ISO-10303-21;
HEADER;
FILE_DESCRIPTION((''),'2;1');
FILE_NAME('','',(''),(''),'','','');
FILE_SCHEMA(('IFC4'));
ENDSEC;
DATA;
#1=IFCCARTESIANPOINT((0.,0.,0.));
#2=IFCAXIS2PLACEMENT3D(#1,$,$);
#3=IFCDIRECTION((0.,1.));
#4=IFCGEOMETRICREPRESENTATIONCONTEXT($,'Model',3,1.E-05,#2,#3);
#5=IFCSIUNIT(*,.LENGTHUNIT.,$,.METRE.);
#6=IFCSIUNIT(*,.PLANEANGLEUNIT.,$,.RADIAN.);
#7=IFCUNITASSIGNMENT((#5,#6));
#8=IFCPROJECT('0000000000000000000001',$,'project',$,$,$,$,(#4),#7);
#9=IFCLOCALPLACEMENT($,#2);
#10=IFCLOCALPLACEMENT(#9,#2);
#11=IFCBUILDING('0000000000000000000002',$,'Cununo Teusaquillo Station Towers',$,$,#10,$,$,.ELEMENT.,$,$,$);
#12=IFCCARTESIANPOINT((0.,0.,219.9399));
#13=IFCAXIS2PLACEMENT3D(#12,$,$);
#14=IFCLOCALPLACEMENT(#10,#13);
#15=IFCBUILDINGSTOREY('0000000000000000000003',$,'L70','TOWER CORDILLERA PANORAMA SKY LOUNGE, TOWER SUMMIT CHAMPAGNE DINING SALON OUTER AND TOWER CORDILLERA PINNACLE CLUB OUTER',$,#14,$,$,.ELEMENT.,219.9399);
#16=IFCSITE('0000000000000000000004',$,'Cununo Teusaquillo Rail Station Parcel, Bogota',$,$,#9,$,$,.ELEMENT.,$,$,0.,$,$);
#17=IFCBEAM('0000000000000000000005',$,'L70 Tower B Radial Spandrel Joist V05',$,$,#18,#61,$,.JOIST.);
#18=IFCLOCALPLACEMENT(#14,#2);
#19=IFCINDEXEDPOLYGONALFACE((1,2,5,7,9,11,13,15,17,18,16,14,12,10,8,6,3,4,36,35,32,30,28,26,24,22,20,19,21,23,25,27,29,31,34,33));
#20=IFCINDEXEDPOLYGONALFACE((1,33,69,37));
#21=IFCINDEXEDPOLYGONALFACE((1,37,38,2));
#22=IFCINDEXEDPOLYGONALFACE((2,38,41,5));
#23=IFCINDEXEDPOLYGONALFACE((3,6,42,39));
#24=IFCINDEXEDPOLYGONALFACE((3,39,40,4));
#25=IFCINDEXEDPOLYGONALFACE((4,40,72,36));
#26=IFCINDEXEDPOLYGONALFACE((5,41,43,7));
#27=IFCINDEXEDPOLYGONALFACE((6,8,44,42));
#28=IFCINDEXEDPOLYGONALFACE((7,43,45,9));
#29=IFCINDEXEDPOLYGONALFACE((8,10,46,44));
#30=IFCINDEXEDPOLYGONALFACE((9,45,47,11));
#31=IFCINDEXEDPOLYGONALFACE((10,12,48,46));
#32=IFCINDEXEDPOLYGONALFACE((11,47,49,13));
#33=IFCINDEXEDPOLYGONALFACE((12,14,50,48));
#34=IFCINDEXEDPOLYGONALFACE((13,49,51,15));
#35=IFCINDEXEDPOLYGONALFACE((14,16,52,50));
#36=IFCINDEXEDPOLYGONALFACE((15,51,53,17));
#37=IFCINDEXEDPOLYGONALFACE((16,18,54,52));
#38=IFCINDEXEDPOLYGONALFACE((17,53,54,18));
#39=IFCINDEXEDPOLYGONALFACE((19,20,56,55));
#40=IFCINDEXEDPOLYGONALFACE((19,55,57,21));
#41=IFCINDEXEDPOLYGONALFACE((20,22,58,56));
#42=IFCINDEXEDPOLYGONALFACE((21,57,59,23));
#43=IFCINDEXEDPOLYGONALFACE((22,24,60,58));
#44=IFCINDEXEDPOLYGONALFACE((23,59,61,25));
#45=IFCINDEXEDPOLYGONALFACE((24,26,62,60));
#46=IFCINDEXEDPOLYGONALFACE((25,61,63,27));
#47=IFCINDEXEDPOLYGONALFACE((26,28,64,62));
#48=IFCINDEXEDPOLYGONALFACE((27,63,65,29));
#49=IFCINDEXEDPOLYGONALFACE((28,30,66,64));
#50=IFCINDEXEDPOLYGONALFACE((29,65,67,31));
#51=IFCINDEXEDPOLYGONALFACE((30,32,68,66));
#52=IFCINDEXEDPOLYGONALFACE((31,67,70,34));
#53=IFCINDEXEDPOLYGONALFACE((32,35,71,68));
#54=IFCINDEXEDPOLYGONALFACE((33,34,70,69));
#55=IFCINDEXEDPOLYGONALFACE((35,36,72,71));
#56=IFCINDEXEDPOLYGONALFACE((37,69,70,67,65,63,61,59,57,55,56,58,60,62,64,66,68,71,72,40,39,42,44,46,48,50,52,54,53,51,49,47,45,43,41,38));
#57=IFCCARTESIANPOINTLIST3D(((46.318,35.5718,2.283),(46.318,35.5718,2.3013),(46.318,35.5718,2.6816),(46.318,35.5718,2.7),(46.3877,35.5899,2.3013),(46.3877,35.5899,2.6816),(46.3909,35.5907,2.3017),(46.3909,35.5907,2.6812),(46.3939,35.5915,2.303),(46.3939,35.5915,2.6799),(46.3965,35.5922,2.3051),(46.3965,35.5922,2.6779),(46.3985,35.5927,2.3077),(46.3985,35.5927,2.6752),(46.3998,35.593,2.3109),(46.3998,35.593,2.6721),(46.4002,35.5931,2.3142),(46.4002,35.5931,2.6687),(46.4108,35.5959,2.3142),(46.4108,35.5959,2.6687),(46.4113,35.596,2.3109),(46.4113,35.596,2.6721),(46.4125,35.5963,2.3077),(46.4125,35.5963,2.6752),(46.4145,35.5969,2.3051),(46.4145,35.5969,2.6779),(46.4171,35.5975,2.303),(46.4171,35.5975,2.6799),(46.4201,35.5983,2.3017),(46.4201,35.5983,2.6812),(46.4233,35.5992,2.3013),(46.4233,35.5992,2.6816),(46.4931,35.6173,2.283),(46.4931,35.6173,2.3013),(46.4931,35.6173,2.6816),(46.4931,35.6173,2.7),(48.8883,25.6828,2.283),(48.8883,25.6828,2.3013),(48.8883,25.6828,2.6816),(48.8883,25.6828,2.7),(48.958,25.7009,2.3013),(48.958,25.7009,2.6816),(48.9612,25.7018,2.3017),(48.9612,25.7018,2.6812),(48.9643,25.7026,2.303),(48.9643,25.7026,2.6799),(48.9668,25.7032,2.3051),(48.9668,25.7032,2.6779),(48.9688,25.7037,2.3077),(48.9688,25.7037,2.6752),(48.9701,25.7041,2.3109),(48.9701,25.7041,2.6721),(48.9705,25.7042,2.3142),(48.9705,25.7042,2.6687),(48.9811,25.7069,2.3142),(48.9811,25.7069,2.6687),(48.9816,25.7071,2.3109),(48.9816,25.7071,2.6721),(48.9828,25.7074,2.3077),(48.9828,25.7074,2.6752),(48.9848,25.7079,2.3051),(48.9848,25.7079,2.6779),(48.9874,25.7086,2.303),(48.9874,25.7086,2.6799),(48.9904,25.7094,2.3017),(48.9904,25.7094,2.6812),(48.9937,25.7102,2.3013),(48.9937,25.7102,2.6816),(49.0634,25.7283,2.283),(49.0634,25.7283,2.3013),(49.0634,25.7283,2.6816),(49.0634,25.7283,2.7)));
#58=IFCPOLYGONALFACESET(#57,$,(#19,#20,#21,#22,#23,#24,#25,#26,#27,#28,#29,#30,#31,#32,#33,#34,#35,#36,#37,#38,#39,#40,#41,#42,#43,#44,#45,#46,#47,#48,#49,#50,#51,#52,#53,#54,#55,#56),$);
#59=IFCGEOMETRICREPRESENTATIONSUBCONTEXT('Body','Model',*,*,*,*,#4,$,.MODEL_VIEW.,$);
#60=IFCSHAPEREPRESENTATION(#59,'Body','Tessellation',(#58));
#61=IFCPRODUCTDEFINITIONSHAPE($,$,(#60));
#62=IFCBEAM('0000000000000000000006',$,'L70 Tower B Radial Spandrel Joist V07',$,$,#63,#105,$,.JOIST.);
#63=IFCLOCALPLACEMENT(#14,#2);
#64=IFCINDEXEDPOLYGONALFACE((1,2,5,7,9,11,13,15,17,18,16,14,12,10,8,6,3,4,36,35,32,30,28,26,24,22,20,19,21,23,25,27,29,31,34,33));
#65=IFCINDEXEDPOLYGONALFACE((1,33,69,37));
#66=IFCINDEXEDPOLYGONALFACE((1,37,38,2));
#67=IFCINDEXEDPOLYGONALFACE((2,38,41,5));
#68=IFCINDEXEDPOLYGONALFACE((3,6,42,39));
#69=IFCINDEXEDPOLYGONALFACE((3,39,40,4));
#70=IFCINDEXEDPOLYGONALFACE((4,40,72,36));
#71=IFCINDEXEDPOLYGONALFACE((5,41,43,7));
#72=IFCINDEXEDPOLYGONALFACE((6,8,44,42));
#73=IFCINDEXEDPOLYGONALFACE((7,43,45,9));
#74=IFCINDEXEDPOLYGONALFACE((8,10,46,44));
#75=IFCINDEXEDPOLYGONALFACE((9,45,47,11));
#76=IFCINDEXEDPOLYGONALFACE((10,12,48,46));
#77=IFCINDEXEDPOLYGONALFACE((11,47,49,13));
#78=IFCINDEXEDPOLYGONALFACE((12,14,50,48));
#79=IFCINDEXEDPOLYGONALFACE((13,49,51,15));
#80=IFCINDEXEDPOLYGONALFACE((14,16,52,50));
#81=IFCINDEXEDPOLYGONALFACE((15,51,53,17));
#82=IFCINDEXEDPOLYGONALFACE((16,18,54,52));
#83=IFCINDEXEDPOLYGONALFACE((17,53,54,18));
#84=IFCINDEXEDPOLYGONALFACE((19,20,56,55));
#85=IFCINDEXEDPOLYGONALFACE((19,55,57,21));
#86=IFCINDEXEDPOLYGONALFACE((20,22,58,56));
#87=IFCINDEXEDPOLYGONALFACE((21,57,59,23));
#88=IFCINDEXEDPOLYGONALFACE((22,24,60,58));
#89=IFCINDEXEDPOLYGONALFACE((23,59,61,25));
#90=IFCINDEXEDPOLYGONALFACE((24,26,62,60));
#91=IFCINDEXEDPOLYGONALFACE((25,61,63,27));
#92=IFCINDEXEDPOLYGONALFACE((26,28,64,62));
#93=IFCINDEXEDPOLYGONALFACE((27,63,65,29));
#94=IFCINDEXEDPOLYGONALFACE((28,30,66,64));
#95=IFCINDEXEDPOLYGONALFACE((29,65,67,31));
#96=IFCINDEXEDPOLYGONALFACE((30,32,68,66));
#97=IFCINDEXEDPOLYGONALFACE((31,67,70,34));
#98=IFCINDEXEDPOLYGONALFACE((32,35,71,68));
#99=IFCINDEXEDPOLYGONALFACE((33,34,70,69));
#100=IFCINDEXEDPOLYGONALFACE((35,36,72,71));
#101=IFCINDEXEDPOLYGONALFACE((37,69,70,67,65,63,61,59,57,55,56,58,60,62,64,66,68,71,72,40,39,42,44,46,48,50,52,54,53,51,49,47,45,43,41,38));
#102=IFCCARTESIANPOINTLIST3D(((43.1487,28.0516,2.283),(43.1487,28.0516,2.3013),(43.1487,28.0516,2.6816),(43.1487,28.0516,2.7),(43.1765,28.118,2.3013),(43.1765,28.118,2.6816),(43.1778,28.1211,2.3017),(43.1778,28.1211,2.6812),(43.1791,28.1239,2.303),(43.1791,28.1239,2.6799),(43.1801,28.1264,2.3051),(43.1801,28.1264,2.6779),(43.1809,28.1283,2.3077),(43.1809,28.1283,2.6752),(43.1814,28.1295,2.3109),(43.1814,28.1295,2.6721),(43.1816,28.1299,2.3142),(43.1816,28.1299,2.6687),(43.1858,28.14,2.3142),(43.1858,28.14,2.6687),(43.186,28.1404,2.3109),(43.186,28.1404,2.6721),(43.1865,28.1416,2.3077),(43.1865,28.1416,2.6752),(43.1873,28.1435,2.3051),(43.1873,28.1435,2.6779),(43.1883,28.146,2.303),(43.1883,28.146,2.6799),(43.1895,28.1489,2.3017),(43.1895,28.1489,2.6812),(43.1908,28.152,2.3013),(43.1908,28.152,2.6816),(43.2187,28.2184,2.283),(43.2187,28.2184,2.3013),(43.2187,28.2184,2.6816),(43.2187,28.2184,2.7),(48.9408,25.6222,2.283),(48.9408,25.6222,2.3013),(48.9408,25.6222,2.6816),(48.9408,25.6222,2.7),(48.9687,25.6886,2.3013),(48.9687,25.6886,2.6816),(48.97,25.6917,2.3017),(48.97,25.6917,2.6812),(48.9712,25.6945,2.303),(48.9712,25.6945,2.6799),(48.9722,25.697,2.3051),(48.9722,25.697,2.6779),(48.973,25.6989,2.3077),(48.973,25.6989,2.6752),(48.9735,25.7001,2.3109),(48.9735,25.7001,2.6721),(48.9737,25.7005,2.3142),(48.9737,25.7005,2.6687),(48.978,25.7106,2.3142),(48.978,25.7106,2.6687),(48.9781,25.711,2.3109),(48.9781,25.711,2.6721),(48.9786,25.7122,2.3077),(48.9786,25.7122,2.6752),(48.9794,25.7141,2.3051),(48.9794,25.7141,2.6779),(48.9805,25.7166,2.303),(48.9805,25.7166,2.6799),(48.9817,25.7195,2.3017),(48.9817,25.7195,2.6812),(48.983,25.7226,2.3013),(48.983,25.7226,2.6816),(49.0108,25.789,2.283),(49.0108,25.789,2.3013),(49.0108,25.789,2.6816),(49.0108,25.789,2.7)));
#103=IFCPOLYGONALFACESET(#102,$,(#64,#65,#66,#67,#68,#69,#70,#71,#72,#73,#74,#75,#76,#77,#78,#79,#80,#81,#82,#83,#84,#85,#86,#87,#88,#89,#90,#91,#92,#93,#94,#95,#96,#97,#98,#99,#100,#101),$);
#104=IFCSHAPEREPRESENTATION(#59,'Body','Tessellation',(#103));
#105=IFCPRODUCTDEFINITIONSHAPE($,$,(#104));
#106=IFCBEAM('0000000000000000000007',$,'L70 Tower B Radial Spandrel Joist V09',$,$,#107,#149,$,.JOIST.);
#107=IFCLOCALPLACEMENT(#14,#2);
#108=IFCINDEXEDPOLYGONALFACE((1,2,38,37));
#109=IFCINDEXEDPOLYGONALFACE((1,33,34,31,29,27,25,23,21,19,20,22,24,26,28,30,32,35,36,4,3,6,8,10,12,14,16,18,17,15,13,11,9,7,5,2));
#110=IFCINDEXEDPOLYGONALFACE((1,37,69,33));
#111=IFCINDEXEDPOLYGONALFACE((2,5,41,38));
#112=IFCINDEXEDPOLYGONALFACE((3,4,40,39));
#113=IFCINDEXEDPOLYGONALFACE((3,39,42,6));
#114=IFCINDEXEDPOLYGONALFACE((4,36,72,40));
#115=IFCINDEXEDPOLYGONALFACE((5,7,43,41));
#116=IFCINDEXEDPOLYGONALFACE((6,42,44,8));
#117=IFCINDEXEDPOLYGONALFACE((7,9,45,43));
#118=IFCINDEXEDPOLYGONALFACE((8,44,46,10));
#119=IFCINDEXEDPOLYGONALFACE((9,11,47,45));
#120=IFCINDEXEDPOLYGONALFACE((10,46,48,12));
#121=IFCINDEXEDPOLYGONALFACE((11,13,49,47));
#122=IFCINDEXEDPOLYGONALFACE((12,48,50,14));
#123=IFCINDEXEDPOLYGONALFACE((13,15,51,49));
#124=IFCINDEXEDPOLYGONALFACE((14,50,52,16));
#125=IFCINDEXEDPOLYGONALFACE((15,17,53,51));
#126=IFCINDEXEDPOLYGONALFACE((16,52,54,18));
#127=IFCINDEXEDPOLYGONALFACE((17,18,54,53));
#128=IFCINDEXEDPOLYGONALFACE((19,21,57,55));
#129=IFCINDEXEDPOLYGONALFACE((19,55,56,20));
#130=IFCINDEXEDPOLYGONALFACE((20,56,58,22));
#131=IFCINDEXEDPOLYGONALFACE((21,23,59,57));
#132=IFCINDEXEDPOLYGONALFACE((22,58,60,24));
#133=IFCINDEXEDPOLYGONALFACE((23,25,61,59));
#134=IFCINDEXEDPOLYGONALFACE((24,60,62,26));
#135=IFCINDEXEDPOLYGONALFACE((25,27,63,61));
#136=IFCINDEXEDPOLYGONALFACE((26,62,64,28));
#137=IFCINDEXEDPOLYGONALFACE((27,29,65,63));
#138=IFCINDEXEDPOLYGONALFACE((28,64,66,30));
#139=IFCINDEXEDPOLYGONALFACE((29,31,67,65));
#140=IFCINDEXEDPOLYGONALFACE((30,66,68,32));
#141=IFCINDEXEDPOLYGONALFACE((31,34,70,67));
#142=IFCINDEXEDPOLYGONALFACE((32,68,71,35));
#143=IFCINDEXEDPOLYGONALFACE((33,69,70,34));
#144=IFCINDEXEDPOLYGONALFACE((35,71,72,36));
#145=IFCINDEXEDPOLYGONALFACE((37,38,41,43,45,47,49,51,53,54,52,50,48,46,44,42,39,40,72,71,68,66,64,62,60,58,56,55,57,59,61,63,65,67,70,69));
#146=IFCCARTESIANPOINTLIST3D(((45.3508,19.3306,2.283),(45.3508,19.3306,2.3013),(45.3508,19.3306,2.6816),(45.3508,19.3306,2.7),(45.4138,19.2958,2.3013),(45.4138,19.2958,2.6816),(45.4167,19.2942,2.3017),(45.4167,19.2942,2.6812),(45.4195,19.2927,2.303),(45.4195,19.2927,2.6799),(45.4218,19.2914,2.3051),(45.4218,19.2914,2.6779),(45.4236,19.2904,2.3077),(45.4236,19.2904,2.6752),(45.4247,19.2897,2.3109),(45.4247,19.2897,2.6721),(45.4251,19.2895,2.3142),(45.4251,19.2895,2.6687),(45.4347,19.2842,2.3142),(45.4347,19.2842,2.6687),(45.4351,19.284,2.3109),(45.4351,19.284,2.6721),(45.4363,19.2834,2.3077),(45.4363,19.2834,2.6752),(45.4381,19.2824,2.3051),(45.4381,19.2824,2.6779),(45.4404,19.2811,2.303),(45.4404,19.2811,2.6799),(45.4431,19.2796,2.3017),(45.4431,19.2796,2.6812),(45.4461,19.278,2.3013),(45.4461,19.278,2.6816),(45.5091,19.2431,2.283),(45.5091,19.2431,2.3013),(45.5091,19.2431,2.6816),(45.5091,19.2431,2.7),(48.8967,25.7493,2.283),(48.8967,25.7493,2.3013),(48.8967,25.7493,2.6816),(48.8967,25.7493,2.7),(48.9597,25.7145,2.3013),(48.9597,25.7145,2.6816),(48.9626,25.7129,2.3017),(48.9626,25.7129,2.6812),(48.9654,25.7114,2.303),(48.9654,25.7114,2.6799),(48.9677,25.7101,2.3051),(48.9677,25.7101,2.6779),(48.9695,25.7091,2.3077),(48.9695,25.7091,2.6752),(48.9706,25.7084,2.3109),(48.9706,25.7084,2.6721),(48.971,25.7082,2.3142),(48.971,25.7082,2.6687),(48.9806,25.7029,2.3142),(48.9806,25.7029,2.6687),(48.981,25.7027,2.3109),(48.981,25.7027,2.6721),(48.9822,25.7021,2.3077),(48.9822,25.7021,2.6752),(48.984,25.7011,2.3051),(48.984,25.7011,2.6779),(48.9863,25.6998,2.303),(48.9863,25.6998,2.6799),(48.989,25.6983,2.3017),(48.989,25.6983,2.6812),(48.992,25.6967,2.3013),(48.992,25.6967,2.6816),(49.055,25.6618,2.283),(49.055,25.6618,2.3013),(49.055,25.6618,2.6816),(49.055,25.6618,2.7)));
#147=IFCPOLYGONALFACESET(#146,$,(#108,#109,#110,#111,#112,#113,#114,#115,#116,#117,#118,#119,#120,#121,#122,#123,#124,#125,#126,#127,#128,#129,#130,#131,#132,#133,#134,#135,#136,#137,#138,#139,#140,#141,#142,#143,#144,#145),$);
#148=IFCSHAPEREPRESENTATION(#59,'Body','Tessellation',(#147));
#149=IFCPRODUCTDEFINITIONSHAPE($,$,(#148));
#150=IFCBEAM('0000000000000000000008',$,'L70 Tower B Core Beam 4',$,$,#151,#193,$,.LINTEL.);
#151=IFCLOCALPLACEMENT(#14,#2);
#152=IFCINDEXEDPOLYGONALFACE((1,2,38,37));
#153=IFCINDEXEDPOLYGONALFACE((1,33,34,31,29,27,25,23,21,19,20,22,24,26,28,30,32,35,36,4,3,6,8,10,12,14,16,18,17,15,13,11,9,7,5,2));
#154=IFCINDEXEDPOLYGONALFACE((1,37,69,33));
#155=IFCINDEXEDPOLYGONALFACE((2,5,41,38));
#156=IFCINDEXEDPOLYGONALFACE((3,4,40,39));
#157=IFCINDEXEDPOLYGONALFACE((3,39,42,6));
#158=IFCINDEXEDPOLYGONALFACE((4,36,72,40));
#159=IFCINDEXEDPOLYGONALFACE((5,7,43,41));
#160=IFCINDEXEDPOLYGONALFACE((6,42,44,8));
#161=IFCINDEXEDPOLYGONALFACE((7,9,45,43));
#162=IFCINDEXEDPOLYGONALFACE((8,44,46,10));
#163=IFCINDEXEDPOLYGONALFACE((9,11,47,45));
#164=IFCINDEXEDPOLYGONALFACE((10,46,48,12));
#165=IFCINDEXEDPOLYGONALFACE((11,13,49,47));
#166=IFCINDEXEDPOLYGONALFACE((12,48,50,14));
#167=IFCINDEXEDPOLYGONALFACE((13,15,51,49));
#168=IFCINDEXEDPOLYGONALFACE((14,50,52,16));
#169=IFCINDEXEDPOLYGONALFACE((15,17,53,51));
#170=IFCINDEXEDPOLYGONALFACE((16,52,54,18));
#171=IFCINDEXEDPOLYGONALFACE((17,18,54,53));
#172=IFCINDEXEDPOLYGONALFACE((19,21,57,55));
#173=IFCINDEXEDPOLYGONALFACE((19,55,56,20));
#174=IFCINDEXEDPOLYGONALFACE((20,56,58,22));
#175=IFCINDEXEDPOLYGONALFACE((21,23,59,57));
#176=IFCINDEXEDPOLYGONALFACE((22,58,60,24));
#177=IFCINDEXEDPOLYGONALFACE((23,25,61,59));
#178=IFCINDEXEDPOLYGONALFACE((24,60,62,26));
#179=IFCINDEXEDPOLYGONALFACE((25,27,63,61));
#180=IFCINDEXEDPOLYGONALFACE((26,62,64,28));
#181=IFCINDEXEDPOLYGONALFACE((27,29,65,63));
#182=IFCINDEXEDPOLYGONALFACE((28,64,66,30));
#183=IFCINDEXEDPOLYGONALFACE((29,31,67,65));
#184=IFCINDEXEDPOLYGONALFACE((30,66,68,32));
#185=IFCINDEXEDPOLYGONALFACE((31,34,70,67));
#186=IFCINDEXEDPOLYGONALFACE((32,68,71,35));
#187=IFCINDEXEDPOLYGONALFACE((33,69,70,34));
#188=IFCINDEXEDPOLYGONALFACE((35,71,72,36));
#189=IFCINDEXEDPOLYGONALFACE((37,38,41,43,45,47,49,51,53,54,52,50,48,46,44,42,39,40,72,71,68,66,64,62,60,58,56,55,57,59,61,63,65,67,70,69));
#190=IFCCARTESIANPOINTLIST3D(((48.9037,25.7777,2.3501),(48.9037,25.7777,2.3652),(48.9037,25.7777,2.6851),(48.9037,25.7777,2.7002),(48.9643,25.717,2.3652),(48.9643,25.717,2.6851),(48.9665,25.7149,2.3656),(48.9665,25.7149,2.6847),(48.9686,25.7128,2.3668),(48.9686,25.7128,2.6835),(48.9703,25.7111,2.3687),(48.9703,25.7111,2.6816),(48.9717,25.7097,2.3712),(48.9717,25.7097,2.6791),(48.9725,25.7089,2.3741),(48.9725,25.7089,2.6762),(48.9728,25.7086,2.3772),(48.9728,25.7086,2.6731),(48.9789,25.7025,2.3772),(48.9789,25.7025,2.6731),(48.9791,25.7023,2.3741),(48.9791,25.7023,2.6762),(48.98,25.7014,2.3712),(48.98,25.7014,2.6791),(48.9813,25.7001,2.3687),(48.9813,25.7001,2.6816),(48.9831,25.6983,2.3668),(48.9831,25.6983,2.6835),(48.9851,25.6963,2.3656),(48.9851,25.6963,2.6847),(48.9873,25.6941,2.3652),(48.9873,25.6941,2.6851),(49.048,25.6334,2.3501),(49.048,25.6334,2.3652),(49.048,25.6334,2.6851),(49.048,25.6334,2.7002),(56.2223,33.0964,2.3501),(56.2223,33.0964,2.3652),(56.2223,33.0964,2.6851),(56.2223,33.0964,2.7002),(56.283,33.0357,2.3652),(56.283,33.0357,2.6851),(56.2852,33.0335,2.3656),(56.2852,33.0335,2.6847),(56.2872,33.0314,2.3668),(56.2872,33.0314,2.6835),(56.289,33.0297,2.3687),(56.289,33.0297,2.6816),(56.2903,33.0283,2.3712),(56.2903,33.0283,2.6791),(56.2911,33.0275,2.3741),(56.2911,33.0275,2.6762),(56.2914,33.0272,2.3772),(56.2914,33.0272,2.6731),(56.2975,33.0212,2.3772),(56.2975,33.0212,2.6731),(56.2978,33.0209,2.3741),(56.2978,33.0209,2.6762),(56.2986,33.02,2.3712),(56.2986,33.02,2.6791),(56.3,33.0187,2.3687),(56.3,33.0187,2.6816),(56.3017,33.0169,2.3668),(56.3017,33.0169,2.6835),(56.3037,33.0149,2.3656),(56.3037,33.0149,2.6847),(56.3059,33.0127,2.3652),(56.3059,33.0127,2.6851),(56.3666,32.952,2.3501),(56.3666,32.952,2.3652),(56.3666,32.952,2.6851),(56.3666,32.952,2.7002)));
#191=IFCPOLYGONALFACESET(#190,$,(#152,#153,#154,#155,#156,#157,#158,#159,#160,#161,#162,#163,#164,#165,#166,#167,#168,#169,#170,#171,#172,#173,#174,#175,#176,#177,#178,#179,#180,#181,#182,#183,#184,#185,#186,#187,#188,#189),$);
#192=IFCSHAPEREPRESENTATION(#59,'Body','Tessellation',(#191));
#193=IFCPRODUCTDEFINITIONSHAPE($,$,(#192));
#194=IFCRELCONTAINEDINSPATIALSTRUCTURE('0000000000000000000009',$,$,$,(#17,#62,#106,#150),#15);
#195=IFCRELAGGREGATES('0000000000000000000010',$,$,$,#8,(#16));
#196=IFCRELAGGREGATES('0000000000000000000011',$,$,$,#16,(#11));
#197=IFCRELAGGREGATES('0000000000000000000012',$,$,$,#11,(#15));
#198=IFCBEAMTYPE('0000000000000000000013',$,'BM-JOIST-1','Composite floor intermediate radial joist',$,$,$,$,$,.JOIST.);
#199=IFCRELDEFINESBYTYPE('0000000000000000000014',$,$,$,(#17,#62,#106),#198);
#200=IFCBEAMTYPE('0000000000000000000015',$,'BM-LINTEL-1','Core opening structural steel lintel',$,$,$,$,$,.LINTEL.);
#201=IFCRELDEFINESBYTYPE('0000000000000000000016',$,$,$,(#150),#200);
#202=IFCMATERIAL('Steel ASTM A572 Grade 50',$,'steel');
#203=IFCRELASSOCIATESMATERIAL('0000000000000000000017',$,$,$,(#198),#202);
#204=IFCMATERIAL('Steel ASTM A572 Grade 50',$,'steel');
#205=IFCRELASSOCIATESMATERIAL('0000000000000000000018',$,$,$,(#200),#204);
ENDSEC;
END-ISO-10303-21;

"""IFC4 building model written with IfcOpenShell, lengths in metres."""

from ifc_helpers import new_model, si_unit, direction, frame, origin, origin_2d, place, context, subcontext, project, spatial, i_section, extrude, material, material_profile, profile_set, type_object, element, save


model = new_model("IFC4")

# Units and contexts
model_context = context("Model", 3, precision=1e-05, world=origin(), true_north=direction((0.0, 1.0)))
body_context = subcontext(model_context, "Body", "Model", "MODEL_VIEW")
ifc_project = project(units=[si_unit("LENGTHUNIT", "METRE"), si_unit("PLANEANGLEUNIT", "RADIAN")], contexts=[model_context])

# Site, building, storey
site_placement = place(None, origin())
site = spatial("IfcSite", under=ifc_project, at=site_placement, Name="Cununo Teusaquillo Rail Station Parcel, Bogota", CompositionType="ELEMENT", RefElevation=0.0)
building_placement = place(site_placement, origin())
building = spatial("IfcBuilding", under=site, at=building_placement, Name="Cununo Teusaquillo Station Towers", CompositionType="ELEMENT")
storey_placement = place(building_placement, frame((0.0, 0.0, 219.9399)))
storey = spatial("IfcBuildingStorey", under=building, at=storey_placement, Name="L70", Description="TOWER CORDILLERA PANORAMA SKY LOUNGE, TOWER SUMMIT CHAMPAGNE DINING SALON OUTER AND TOWER CORDILLERA PINNACLE CLUB OUTER", CompositionType="ELEMENT", Elevation=219.9399)

# Beams
ifc_material_1 = material(Name="Steel ASTM A572 Grade 50", Category="steel")
ifc_material_profile_1 = material_profile(ifc_material_1, i_section(OverallWidth=0.1809, OverallDepth=0.417, WebThickness=0.011, FlangeThickness=0.0183, FilletRadius=0.0129, at=origin_2d()), Name="W16X57")
ifc_profile_set_1 = profile_set([ifc_material_profile_1], Name="Steel ASTM A572 Grade 50")
beam_type_1 = type_object("IfcBeamType", Name="BM-JOIST-1", Description="Composite floor intermediate radial joist", PredefinedType="JOIST", material=ifc_profile_set_1)
beam_1_placement = place(storey_placement, frame((48.9758, 25.7056, 2.4915), z_axis=(-0.25156, 0.967842, 0.0), x_axis=(-0.967842, -0.25156, 0.0)))
element("IfcBeam", 1, at=beam_1_placement, inside=storey, type_object=beam_type_1, Name="L70 Tower B Radial Spandrel Joist V05", PredefinedType="JOIST", context=body_context, shape_type="SweptSolid", body=[
    extrude(i_section(OverallWidth=0.1809, OverallDepth=0.417, WebThickness=0.011, FlangeThickness=0.0183, FilletRadius=0.0129, at=origin_2d()), origin(), (0.0, 0.0, 1.0), 10.2175),
])
beam_2_placement = place(storey_placement, frame((48.9758, 25.7056, 2.4915), z_axis=(-0.922169, 0.386786, 0.0), x_axis=(-0.386786, -0.922169, 0.0)))
element("IfcBeam", 2, at=beam_2_placement, inside=storey, type_object=beam_type_1, Name="L70 Tower B Radial Spandrel Joist V07", PredefinedType="JOIST", context=body_context, shape_type="SweptSolid", body=[
    extrude(i_section(OverallWidth=0.1809, OverallDepth=0.417, WebThickness=0.011, FlangeThickness=0.0183, FilletRadius=0.0129, at=origin_2d()), origin(), (0.0, 0.0, 1.0), 6.281),
])
beam_3_placement = place(storey_placement, frame((48.9758, 25.7056, 2.4915), z_axis=(-0.483553, -0.875315, 0.0), x_axis=(0.875315, -0.483553, 0.0)))
element("IfcBeam", 3, at=beam_3_placement, inside=storey, type_object=beam_type_1, Name="L70 Tower B Radial Spandrel Joist V09", PredefinedType="JOIST", context=body_context, shape_type="SweptSolid", body=[
    extrude(i_section(OverallWidth=0.1809, OverallDepth=0.417, WebThickness=0.011, FlangeThickness=0.0183, FilletRadius=0.0129, at=origin_2d()), origin(), (0.0, 0.0, 1.0), 7.333),
])
ifc_material_2 = material(Name="Steel ASTM A572 Grade 50", Category="steel")
ifc_material_profile_2 = material_profile(ifc_material_2, i_section(OverallWidth=0.2041, OverallDepth=0.3501, WebThickness=0.0085, FlangeThickness=0.0151, FilletRadius=0.012, at=origin_2d()), Name="W14X48")
ifc_profile_set_2 = profile_set([ifc_material_profile_2], Name="Steel ASTM A572 Grade 50")
beam_type_2 = type_object("IfcBeamType", Name="BM-LINTEL-1", Description="Core opening structural steel lintel", PredefinedType="LINTEL", material=ifc_profile_set_2)
beam_4_placement = place(storey_placement, frame((48.9758, 25.7056, 2.5251), z_axis=(0.707107, 0.707107, 0.0), x_axis=(-0.707107, 0.707107, 0.0)))
element("IfcBeam", 4, at=beam_4_placement, inside=storey, type_object=beam_type_2, Name="L70 Tower B Core Beam 4", PredefinedType="LINTEL", context=body_context, shape_type="SweptSolid", body=[
    extrude(i_section(OverallWidth=0.2041, OverallDepth=0.3501, WebThickness=0.0085, FlangeThickness=0.0151, FilletRadius=0.012, at=origin_2d()), origin(), (0.0, 0.0, 1.0), 10.3501),
])

save(model, "model.ifc")
